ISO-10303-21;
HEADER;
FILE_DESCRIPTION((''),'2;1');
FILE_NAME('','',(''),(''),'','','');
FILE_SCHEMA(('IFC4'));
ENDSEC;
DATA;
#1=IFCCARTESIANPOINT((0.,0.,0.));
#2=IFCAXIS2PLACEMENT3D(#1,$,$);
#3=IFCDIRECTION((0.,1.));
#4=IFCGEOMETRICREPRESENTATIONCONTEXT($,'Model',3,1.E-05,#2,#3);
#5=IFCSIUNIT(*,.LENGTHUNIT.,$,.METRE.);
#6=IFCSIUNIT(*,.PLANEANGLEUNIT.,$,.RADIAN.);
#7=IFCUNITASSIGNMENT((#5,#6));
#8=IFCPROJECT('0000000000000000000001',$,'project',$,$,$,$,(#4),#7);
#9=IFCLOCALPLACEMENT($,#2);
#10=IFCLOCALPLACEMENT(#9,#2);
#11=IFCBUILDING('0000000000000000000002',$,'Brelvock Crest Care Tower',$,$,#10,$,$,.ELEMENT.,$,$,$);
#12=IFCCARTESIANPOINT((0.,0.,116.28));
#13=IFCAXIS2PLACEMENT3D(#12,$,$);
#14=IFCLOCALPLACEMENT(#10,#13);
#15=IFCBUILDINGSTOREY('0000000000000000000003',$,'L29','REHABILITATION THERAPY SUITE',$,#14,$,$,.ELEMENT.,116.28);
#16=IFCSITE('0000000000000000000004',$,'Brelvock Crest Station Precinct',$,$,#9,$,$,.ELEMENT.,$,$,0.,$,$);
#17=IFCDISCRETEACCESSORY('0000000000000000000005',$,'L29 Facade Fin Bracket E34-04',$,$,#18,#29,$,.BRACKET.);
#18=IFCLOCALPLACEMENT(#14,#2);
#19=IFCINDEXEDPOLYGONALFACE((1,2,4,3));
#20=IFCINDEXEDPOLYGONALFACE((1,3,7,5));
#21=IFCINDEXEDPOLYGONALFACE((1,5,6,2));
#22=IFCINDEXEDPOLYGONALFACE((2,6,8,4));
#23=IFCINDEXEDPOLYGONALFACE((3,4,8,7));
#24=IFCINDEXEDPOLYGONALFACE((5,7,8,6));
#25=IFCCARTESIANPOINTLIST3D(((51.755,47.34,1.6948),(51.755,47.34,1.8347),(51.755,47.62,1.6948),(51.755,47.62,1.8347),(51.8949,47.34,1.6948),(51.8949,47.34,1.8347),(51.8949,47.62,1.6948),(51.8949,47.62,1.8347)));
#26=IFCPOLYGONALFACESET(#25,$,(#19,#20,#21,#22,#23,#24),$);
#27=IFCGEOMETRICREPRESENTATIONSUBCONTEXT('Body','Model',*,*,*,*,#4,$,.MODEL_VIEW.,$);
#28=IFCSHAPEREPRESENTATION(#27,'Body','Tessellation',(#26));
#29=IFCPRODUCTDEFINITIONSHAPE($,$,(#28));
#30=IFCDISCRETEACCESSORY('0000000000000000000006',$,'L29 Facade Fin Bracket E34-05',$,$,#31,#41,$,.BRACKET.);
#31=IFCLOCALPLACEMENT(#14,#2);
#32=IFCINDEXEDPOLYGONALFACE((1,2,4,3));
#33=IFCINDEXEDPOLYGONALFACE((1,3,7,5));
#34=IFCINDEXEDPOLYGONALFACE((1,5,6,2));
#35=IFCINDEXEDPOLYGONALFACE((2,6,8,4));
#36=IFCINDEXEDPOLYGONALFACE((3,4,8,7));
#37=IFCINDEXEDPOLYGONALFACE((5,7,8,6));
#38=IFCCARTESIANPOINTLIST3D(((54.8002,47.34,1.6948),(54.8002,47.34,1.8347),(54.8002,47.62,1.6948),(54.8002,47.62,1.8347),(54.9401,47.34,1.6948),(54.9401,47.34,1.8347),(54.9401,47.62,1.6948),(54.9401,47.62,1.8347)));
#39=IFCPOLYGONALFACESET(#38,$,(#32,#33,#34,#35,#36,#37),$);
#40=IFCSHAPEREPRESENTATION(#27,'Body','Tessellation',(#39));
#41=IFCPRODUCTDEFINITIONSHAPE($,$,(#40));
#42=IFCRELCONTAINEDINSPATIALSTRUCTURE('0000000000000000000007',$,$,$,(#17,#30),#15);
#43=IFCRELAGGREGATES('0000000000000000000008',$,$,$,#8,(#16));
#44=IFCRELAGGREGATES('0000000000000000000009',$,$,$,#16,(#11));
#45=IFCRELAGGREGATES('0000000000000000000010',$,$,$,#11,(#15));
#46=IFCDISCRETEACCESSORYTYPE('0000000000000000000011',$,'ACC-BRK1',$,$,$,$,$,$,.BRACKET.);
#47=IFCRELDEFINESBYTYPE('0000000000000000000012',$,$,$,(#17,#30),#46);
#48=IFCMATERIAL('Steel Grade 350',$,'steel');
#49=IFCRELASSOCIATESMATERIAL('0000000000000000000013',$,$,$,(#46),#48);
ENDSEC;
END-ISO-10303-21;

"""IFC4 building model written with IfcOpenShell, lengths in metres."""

from ifc_helpers import new_model, si_unit, direction, frame, origin, origin_2d, place, context, subcontext, project, spatial, rectangle, extrude, source, transform, mapped, material, type_object, element, save


model = new_model("IFC4")

# Units and contexts
model_context = context("Model", 3, precision=1e-05, world=origin(), true_north=direction((0.0, 1.0)))
body_context = subcontext(model_context, "Body", "Model", "MODEL_VIEW")
ifc_project = project(units=[si_unit("LENGTHUNIT", "METRE"), si_unit("PLANEANGLEUNIT", "RADIAN")], contexts=[model_context])

# Site, building, storey
site_placement = place(None, origin())
site = spatial("IfcSite", under=ifc_project, at=site_placement, Name="Brelvock Crest Station Precinct", CompositionType="ELEMENT", RefElevation=0.0)
building_placement = place(site_placement, origin())
building = spatial("IfcBuilding", under=site, at=building_placement, Name="Brelvock Crest Care Tower", CompositionType="ELEMENT")
storey_placement = place(building_placement, frame((0.0, 0.0, 116.28)))
storey = spatial("IfcBuildingStorey", under=building, at=storey_placement, Name="L29", Description="REHABILITATION THERAPY SUITE", CompositionType="ELEMENT", Elevation=116.28)

# Discrete accessories
ifc_material_1 = material(Name="Steel Grade 350", Category="steel")
discrete_accessory_type = type_object("IfcDiscreteAccessoryType", Name="ACC-BRK1", PredefinedType="BRACKET", material=ifc_material_1)
shared_shape_1 = source(origin(), body_context, "Body", "SweptSolid", [
    extrude(rectangle(XDim=0.28, YDim=0.1399, at=origin_2d()), origin(), (0.0, 0.0, 1.0), 0.1399),
])
for number, where, z_axis, x_axis, name in (
    (1, (51.825, 47.48, 1.6948), (0.0, 0.0, 1.0), (0.0, 1.0, 0.0), "L29 Facade Fin Bracket E34-04"),
    (2, (54.8701, 47.48, 1.6948), (0.0, 0.0, 1.0), (0.0, 1.0, 0.0), "L29 Facade Fin Bracket E34-05"),
):
    element("IfcDiscreteAccessory", number, at=place(storey_placement, frame(where, z_axis=z_axis, x_axis=x_axis)), inside=storey, type_object=discrete_accessory_type, Name=name, PredefinedType="BRACKET", context=body_context, shape_type="MappedRepresentation", body=[
        mapped(shared_shape_1, transform((0.0, 0.0, 0.0), x_axis=(1.0, 0.0, 0.0), y_axis=(0.0, 1.0, 0.0), z_axis=(0.0, 0.0, 1.0), scale=1.0)),
    ])

save(model, "model.ifc")
